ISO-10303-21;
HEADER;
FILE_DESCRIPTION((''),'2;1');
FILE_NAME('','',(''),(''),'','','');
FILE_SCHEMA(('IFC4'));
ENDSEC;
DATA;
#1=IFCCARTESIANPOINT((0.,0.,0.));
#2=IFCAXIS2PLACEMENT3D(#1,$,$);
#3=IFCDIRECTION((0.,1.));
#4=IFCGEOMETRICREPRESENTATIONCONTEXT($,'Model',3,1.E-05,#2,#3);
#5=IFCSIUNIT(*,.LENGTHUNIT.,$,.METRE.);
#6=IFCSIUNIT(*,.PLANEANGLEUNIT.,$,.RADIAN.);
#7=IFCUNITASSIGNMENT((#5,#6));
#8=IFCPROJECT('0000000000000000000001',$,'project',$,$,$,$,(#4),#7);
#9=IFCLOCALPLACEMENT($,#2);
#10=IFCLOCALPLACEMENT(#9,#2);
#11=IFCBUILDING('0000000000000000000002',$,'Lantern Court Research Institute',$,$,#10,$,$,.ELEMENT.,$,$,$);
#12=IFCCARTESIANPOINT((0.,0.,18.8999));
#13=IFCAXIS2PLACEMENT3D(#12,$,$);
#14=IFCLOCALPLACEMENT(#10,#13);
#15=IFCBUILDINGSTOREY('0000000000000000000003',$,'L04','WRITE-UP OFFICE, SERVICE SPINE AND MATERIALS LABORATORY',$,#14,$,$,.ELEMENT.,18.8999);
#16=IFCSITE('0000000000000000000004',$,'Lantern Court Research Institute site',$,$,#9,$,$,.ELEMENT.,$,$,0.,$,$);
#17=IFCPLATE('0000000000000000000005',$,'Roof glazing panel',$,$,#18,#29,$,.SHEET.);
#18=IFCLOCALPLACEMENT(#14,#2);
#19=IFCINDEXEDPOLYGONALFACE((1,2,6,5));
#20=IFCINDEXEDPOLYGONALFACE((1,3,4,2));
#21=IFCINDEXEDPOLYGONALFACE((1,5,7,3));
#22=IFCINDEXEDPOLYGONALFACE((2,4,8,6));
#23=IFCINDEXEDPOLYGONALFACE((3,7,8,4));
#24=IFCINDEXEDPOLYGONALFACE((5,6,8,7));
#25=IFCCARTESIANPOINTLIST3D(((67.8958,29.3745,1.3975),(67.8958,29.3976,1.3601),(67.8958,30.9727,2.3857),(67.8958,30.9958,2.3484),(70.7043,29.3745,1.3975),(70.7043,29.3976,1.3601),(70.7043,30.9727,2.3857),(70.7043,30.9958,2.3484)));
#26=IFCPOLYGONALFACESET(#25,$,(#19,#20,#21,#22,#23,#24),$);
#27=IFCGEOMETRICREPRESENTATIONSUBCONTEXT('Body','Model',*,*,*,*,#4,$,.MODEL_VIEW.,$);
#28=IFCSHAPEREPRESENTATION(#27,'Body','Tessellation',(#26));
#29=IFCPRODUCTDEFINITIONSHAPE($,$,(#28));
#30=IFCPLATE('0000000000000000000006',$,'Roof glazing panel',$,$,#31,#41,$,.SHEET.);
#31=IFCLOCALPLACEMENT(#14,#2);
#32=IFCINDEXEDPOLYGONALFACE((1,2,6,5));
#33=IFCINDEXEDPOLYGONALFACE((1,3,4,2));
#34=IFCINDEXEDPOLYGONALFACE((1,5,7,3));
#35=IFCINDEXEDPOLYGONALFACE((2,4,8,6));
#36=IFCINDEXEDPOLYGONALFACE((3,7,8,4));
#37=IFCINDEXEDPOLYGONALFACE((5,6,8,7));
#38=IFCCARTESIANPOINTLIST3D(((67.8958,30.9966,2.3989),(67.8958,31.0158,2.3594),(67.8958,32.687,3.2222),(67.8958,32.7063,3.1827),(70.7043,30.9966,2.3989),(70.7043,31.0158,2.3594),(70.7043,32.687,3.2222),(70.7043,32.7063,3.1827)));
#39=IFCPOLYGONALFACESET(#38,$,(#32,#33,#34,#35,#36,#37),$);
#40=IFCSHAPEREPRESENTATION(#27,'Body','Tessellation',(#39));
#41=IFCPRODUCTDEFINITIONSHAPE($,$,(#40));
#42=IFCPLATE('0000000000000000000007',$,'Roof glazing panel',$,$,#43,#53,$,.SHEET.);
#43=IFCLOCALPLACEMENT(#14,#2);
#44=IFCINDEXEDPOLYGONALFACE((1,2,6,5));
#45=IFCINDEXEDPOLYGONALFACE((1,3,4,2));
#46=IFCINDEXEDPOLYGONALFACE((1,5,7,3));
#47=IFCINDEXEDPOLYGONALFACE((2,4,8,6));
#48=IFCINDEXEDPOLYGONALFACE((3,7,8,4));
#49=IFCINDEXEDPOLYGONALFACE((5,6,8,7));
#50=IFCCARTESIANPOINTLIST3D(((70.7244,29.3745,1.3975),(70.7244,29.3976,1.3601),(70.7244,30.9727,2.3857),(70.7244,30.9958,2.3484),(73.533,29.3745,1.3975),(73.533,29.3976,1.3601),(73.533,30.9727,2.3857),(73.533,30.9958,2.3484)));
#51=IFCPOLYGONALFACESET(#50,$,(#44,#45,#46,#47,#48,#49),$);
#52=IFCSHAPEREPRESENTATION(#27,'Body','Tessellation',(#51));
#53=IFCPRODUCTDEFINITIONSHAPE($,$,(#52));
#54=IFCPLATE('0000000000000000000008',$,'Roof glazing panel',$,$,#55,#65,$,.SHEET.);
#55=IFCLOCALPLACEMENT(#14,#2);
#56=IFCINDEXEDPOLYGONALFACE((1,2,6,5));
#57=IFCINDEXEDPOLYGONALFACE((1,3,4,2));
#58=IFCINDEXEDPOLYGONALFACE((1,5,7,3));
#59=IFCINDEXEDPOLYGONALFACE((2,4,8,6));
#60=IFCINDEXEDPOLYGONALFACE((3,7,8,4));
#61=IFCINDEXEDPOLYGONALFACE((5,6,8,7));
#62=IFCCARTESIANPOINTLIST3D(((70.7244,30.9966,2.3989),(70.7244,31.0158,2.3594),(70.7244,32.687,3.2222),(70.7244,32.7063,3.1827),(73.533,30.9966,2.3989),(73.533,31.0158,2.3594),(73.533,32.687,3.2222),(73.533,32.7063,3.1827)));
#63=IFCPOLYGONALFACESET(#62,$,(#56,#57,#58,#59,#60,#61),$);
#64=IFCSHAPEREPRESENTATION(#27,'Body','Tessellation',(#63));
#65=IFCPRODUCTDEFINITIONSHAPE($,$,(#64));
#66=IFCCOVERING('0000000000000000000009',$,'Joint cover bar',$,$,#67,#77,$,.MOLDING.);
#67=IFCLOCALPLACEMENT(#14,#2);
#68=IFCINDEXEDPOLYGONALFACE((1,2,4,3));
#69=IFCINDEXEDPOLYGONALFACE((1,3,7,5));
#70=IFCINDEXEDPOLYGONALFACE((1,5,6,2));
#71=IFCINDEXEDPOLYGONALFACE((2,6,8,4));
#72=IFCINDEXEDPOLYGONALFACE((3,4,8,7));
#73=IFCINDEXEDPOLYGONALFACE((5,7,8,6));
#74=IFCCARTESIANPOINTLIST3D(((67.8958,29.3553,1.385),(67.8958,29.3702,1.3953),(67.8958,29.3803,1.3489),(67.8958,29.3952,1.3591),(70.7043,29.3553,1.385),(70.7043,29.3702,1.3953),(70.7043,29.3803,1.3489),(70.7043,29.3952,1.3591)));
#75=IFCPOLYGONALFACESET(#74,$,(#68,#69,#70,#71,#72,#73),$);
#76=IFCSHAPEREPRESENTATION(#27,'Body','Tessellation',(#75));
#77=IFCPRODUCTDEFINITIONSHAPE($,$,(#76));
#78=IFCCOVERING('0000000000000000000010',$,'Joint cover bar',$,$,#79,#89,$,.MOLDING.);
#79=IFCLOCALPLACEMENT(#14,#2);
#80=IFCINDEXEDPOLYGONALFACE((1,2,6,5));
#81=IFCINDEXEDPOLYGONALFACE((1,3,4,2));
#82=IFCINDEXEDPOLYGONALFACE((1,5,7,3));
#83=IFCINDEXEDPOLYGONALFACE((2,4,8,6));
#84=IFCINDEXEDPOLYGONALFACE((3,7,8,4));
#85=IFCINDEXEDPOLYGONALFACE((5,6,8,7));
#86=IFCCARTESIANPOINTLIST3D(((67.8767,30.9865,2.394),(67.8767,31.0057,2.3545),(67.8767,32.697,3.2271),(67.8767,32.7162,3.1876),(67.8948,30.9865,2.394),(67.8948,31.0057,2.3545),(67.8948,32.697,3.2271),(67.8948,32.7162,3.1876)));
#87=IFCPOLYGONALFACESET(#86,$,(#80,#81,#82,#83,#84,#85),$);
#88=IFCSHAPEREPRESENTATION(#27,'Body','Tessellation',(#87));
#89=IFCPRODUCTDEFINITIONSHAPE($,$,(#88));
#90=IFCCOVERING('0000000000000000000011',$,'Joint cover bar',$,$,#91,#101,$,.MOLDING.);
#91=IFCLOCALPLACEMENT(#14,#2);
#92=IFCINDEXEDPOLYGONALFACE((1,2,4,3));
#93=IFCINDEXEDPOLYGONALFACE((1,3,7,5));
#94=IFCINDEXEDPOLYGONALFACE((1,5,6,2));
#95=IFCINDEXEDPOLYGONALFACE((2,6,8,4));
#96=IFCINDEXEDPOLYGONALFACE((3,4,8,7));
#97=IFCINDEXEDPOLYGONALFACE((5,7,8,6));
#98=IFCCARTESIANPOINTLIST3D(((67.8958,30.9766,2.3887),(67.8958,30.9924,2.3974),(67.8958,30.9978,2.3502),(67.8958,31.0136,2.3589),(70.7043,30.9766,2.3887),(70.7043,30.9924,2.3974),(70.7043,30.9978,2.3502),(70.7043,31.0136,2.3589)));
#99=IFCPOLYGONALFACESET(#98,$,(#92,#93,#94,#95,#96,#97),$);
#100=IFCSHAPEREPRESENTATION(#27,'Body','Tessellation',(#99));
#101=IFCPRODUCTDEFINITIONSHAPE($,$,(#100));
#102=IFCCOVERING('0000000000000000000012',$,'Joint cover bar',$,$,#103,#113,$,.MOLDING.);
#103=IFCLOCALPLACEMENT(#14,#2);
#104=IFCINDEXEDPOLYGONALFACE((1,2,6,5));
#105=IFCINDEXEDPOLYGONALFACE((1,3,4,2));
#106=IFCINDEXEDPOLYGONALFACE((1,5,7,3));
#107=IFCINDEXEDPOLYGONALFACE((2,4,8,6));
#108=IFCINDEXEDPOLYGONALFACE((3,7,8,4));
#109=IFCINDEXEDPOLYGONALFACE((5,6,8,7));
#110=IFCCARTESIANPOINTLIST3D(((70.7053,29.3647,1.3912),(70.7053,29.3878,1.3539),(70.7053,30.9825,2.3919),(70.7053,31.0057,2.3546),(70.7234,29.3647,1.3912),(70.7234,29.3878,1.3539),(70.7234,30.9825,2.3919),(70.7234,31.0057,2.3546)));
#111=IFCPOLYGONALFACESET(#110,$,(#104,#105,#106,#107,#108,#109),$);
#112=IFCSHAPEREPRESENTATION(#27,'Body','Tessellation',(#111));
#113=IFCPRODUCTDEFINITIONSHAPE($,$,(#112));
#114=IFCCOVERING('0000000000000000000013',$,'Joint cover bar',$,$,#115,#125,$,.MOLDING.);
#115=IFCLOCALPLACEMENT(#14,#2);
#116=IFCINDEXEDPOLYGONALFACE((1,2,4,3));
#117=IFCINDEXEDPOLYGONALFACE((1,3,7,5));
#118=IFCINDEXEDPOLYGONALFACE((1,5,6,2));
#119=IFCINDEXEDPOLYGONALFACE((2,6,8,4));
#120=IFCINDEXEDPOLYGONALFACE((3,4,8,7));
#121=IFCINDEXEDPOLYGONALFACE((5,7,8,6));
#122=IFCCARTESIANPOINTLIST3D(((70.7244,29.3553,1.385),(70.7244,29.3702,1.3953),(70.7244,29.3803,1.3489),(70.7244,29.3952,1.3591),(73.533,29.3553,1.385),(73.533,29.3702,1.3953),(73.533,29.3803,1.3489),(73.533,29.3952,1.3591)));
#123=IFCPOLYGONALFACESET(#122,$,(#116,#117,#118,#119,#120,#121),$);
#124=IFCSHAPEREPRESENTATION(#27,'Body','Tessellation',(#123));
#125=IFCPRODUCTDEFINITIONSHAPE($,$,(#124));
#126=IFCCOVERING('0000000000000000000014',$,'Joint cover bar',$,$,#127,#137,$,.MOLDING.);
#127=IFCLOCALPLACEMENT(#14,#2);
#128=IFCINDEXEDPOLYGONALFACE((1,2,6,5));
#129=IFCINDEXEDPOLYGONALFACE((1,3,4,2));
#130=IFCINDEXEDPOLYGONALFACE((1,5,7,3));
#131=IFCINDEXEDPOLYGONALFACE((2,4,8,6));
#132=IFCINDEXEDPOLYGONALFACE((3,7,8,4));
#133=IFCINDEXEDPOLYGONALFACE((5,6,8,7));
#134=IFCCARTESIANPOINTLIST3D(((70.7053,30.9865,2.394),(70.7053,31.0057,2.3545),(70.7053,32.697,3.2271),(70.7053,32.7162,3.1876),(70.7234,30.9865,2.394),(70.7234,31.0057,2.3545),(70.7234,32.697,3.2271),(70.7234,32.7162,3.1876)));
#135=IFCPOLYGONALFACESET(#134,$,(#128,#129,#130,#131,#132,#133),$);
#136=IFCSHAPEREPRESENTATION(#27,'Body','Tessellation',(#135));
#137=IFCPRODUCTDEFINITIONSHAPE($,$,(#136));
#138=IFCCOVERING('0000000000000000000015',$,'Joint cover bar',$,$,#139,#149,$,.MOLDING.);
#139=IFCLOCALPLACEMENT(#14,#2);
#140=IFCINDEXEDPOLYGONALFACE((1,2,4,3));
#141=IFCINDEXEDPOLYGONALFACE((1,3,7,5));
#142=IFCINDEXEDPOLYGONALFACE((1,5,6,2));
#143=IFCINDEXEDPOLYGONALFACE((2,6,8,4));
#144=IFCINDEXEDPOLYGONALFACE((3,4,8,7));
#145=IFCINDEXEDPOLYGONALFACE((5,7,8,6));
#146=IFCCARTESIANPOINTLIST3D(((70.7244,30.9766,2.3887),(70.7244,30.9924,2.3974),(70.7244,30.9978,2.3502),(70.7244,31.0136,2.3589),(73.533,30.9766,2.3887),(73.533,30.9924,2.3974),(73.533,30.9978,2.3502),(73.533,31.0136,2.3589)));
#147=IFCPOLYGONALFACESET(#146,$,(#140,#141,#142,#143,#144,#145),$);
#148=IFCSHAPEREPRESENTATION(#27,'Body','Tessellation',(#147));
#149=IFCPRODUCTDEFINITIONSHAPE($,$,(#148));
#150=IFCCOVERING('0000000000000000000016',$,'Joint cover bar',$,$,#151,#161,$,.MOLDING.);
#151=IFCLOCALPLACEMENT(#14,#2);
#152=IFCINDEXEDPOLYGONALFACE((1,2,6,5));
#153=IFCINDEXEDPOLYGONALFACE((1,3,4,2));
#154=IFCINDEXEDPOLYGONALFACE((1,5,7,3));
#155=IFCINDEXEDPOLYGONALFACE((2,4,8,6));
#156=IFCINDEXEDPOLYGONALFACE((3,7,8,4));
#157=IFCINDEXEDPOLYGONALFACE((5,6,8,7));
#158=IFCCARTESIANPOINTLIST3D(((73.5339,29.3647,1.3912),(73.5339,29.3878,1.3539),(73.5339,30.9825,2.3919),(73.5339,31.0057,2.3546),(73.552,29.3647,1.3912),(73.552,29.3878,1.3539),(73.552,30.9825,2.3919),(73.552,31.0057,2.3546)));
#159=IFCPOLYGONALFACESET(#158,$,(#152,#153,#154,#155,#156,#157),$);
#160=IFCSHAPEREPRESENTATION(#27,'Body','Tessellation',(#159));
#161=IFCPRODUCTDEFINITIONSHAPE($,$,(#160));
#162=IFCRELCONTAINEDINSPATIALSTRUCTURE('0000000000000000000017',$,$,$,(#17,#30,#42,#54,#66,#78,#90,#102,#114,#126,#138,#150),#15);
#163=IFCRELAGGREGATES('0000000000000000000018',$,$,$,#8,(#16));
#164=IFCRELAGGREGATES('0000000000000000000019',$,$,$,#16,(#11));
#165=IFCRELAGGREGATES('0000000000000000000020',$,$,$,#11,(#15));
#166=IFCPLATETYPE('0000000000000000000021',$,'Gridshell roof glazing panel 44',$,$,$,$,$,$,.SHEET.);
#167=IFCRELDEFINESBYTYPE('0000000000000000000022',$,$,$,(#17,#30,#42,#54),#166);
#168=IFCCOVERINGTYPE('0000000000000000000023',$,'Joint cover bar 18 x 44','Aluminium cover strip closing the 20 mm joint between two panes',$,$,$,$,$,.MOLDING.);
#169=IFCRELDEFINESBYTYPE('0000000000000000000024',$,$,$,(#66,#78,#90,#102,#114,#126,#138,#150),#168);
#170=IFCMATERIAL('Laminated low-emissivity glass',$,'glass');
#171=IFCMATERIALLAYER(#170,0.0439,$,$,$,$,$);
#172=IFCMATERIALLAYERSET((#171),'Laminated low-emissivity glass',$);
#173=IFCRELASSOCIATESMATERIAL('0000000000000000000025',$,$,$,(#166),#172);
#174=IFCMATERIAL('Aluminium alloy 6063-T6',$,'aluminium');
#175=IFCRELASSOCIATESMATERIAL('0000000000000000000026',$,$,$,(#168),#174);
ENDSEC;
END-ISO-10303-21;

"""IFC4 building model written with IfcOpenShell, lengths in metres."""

from ifc_helpers import new_model, si_unit, direction, frame, origin, origin_2d, place, context, subcontext, project, spatial, polyline, rectangle, outline, extrude, material, layer, layer_set, material_profile, profile_set, type_object, element, save


model = new_model("IFC4")

# Units and contexts
model_context = context("Model", 3, precision=1e-05, world=origin(), true_north=direction((0.0, 1.0)))
body_context = subcontext(model_context, "Body", "Model", "MODEL_VIEW")
ifc_project = project(units=[si_unit("LENGTHUNIT", "METRE"), si_unit("PLANEANGLEUNIT", "RADIAN")], contexts=[model_context])

# Site, building, storey
site_placement = place(None, origin())
site = spatial("IfcSite", under=ifc_project, at=site_placement, Name="Lantern Court Research Institute site", CompositionType="ELEMENT", RefElevation=0.0)
building_placement = place(site_placement, origin())
building = spatial("IfcBuilding", under=site, at=building_placement, Name="Lantern Court Research Institute", CompositionType="ELEMENT")
storey_placement = place(building_placement, frame((0.0, 0.0, 18.8999)))
storey = spatial("IfcBuildingStorey", under=building, at=storey_placement, Name="L04", Description="WRITE-UP OFFICE, SERVICE SPINE AND MATERIALS LABORATORY", CompositionType="ELEMENT", Elevation=18.8999)

# Plates
ifc_material_1 = material(Name="Laminated low-emissivity glass", Category="glass")
ifc_layer = layer(ifc_material_1, 0.0439)
ifc_layer_set = layer_set([ifc_layer], Name="Laminated low-emissivity glass")
plate_type = type_object("IfcPlateType", Name="Gridshell roof glazing panel 44", PredefinedType="SHEET", material=ifc_layer_set)
plate_1_placement = place(storey_placement, frame((70.7043, 29.3745, 1.3975), z_axis=(0.0, -0.525952, 0.850514), x_axis=(-1.0, 0.0, 0.0)))
element("IfcPlate", 1, at=plate_1_placement, inside=storey, type_object=plate_type, Name="Roof glazing panel", PredefinedType="SHEET", context=body_context, shape_type="SweptSolid", body=[
    extrude(outline(polyline([(0.0, 0.0), (2.8086, 0.0), (2.8086, -1.879), (0.0, -1.879), (0.0, 0.0)])), origin(), (0.0, 0.0, -1.0), 0.0439),
])
plate_2_placement = place(storey_placement, frame((70.7043, 30.9966, 2.3989), z_axis=(0.0, -0.43784, 0.899053), x_axis=(-1.0, 0.0, 0.0)))
element("IfcPlate", 2, at=plate_2_placement, inside=storey, type_object=plate_type, Name="Roof glazing panel", PredefinedType="SHEET", context=body_context, shape_type="SweptSolid", body=[
    extrude(outline(polyline([(0.0, 0.0), (2.8086, 0.0), (2.8086, -1.8802), (0.0, -1.8802), (0.0, 0.0)])), origin(), (0.0, 0.0, -1.0), 0.0439),
])
plate_3_placement = place(storey_placement, frame((73.533, 29.3745, 1.3975), z_axis=(0.0, -0.525952, 0.850514), x_axis=(-1.0, 0.0, 0.0)))
element("IfcPlate", 3, at=plate_3_placement, inside=storey, type_object=plate_type, Name="Roof glazing panel", PredefinedType="SHEET", context=body_context, shape_type="SweptSolid", body=[
    extrude(outline(polyline([(0.0, 0.0), (2.8086, 0.0), (2.8086, -1.879), (0.0, -1.879), (0.0, 0.0)])), origin(), (0.0, 0.0, -1.0), 0.0439),
])
plate_4_placement = place(storey_placement, frame((73.533, 30.9966, 2.3989), z_axis=(0.0, -0.43784, 0.899053), x_axis=(-1.0, 0.0, 0.0)))
element("IfcPlate", 4, at=plate_4_placement, inside=storey, type_object=plate_type, Name="Roof glazing panel", PredefinedType="SHEET", context=body_context, shape_type="SweptSolid", body=[
    extrude(outline(polyline([(0.0, 0.0), (2.8086, 0.0), (2.8086, -1.8802), (0.0, -1.8802), (0.0, 0.0)])), origin(), (0.0, 0.0, -1.0), 0.0439),
])

# Coverings
ifc_material_2 = material(Name="Aluminium alloy 6063-T6", Category="aluminium")
ifc_material_profile_1 = material_profile(ifc_material_2, rectangle(XDim=0.0181, YDim=0.0439, at=origin_2d()), Name="Joint cover bar 18 x 44")
ifc_profile_set_1 = profile_set([ifc_material_profile_1], Name="Aluminium alloy 6063-T6")
covering_type = type_object("IfcCoveringType", Name="Joint cover bar 18 x 44", Description="Aluminium cover strip closing the 20 mm joint between two panes", PredefinedType="MOLDING", material=ifc_profile_set_1)
covering_1_placement = place(storey_placement, frame((67.8958, 29.3752, 1.3721), z_axis=(1.0, 0.0, 0.0), x_axis=(0.0, 0.822954, 0.568108)))
element("IfcCovering", 5, at=covering_1_placement, inside=storey, type_object=covering_type, Name="Joint cover bar", PredefinedType="MOLDING", context=body_context, shape_type="SweptSolid", body=[
    extrude(rectangle(XDim=0.0181, YDim=0.0439, at=origin_2d()), origin(), (0.0, 0.0, 1.0), 2.8086),
])
covering_2_placement = place(storey_placement, frame((67.8857, 30.9961, 2.3743), z_axis=(0.0, 0.899049, 0.437847), x_axis=(-1.0, 0.0, 0.0)))
element("IfcCovering", 6, at=covering_2_placement, inside=storey, type_object=covering_type, Name="Joint cover bar", PredefinedType="MOLDING", context=body_context, shape_type="SweptSolid", body=[
    extrude(rectangle(XDim=0.0181, YDim=0.0439, at=origin_2d()), origin(), (0.0, 0.0, 1.0), 1.9026),
])
covering_3_placement = place(storey_placement, frame((67.8958, 30.9951, 2.3738), z_axis=(1.0, 0.0, 0.0), x_axis=(0.0, 0.875897, 0.482497)))
element("IfcCovering", 7, at=covering_3_placement, inside=storey, type_object=covering_type, Name="Joint cover bar", PredefinedType="MOLDING", context=body_context, shape_type="SweptSolid", body=[
    extrude(rectangle(XDim=0.0181, YDim=0.0439, at=origin_2d()), origin(), (0.0, 0.0, 1.0), 2.8086),
])
covering_4_placement = place(storey_placement, frame((70.7144, 29.3762, 1.3726), z_axis=(0.0, 0.850462, 0.526036), x_axis=(-1.0, 0.0, 0.0)))
element("IfcCovering", 8, at=covering_4_placement, inside=storey, type_object=covering_type, Name="Joint cover bar", PredefinedType="MOLDING", context=body_context, shape_type="SweptSolid", body=[
    extrude(rectangle(XDim=0.0181, YDim=0.0439, at=origin_2d()), origin(), (0.0, 0.0, 1.0), 1.9023),
])
covering_5_placement = place(storey_placement, frame((70.7244, 29.3752, 1.3721), z_axis=(1.0, 0.0, 0.0), x_axis=(0.0, 0.822954, 0.568108)))
element("IfcCovering", 9, at=covering_5_placement, inside=storey, type_object=covering_type, Name="Joint cover bar", PredefinedType="MOLDING", context=body_context, shape_type="SweptSolid", body=[
    extrude(rectangle(XDim=0.0181, YDim=0.0439, at=origin_2d()), origin(), (0.0, 0.0, 1.0), 2.8086),
])
covering_6_placement = place(storey_placement, frame((70.7144, 30.9961, 2.3743), z_axis=(0.0, 0.899049, 0.437847), x_axis=(-1.0, 0.0, 0.0)))
element("IfcCovering", 10, at=covering_6_placement, inside=storey, type_object=covering_type, Name="Joint cover bar", PredefinedType="MOLDING", context=body_context, shape_type="SweptSolid", body=[
    extrude(rectangle(XDim=0.0181, YDim=0.0439, at=origin_2d()), origin(), (0.0, 0.0, 1.0), 1.9026),
])
covering_7_placement = place(storey_placement, frame((70.7244, 30.9951, 2.3738), z_axis=(1.0, 0.0, 0.0), x_axis=(0.0, 0.875897, 0.482497)))
element("IfcCovering", 11, at=covering_7_placement, inside=storey, type_object=covering_type, Name="Joint cover bar", PredefinedType="MOLDING", context=body_context, shape_type="SweptSolid", body=[
    extrude(rectangle(XDim=0.0181, YDim=0.0439, at=origin_2d()), origin(), (0.0, 0.0, 1.0), 2.8086),
])
covering_8_placement = place(storey_placement, frame((73.543, 29.3762, 1.3726), z_axis=(0.0, 0.850462, 0.526036), x_axis=(-1.0, 0.0, 0.0)))
element("IfcCovering", 12, at=covering_8_placement, inside=storey, type_object=covering_type, Name="Joint cover bar", PredefinedType="MOLDING", context=body_context, shape_type="SweptSolid", body=[
    extrude(rectangle(XDim=0.0181, YDim=0.0439, at=origin_2d()), origin(), (0.0, 0.0, 1.0), 1.9023),
])

save(model, "model.ifc")
